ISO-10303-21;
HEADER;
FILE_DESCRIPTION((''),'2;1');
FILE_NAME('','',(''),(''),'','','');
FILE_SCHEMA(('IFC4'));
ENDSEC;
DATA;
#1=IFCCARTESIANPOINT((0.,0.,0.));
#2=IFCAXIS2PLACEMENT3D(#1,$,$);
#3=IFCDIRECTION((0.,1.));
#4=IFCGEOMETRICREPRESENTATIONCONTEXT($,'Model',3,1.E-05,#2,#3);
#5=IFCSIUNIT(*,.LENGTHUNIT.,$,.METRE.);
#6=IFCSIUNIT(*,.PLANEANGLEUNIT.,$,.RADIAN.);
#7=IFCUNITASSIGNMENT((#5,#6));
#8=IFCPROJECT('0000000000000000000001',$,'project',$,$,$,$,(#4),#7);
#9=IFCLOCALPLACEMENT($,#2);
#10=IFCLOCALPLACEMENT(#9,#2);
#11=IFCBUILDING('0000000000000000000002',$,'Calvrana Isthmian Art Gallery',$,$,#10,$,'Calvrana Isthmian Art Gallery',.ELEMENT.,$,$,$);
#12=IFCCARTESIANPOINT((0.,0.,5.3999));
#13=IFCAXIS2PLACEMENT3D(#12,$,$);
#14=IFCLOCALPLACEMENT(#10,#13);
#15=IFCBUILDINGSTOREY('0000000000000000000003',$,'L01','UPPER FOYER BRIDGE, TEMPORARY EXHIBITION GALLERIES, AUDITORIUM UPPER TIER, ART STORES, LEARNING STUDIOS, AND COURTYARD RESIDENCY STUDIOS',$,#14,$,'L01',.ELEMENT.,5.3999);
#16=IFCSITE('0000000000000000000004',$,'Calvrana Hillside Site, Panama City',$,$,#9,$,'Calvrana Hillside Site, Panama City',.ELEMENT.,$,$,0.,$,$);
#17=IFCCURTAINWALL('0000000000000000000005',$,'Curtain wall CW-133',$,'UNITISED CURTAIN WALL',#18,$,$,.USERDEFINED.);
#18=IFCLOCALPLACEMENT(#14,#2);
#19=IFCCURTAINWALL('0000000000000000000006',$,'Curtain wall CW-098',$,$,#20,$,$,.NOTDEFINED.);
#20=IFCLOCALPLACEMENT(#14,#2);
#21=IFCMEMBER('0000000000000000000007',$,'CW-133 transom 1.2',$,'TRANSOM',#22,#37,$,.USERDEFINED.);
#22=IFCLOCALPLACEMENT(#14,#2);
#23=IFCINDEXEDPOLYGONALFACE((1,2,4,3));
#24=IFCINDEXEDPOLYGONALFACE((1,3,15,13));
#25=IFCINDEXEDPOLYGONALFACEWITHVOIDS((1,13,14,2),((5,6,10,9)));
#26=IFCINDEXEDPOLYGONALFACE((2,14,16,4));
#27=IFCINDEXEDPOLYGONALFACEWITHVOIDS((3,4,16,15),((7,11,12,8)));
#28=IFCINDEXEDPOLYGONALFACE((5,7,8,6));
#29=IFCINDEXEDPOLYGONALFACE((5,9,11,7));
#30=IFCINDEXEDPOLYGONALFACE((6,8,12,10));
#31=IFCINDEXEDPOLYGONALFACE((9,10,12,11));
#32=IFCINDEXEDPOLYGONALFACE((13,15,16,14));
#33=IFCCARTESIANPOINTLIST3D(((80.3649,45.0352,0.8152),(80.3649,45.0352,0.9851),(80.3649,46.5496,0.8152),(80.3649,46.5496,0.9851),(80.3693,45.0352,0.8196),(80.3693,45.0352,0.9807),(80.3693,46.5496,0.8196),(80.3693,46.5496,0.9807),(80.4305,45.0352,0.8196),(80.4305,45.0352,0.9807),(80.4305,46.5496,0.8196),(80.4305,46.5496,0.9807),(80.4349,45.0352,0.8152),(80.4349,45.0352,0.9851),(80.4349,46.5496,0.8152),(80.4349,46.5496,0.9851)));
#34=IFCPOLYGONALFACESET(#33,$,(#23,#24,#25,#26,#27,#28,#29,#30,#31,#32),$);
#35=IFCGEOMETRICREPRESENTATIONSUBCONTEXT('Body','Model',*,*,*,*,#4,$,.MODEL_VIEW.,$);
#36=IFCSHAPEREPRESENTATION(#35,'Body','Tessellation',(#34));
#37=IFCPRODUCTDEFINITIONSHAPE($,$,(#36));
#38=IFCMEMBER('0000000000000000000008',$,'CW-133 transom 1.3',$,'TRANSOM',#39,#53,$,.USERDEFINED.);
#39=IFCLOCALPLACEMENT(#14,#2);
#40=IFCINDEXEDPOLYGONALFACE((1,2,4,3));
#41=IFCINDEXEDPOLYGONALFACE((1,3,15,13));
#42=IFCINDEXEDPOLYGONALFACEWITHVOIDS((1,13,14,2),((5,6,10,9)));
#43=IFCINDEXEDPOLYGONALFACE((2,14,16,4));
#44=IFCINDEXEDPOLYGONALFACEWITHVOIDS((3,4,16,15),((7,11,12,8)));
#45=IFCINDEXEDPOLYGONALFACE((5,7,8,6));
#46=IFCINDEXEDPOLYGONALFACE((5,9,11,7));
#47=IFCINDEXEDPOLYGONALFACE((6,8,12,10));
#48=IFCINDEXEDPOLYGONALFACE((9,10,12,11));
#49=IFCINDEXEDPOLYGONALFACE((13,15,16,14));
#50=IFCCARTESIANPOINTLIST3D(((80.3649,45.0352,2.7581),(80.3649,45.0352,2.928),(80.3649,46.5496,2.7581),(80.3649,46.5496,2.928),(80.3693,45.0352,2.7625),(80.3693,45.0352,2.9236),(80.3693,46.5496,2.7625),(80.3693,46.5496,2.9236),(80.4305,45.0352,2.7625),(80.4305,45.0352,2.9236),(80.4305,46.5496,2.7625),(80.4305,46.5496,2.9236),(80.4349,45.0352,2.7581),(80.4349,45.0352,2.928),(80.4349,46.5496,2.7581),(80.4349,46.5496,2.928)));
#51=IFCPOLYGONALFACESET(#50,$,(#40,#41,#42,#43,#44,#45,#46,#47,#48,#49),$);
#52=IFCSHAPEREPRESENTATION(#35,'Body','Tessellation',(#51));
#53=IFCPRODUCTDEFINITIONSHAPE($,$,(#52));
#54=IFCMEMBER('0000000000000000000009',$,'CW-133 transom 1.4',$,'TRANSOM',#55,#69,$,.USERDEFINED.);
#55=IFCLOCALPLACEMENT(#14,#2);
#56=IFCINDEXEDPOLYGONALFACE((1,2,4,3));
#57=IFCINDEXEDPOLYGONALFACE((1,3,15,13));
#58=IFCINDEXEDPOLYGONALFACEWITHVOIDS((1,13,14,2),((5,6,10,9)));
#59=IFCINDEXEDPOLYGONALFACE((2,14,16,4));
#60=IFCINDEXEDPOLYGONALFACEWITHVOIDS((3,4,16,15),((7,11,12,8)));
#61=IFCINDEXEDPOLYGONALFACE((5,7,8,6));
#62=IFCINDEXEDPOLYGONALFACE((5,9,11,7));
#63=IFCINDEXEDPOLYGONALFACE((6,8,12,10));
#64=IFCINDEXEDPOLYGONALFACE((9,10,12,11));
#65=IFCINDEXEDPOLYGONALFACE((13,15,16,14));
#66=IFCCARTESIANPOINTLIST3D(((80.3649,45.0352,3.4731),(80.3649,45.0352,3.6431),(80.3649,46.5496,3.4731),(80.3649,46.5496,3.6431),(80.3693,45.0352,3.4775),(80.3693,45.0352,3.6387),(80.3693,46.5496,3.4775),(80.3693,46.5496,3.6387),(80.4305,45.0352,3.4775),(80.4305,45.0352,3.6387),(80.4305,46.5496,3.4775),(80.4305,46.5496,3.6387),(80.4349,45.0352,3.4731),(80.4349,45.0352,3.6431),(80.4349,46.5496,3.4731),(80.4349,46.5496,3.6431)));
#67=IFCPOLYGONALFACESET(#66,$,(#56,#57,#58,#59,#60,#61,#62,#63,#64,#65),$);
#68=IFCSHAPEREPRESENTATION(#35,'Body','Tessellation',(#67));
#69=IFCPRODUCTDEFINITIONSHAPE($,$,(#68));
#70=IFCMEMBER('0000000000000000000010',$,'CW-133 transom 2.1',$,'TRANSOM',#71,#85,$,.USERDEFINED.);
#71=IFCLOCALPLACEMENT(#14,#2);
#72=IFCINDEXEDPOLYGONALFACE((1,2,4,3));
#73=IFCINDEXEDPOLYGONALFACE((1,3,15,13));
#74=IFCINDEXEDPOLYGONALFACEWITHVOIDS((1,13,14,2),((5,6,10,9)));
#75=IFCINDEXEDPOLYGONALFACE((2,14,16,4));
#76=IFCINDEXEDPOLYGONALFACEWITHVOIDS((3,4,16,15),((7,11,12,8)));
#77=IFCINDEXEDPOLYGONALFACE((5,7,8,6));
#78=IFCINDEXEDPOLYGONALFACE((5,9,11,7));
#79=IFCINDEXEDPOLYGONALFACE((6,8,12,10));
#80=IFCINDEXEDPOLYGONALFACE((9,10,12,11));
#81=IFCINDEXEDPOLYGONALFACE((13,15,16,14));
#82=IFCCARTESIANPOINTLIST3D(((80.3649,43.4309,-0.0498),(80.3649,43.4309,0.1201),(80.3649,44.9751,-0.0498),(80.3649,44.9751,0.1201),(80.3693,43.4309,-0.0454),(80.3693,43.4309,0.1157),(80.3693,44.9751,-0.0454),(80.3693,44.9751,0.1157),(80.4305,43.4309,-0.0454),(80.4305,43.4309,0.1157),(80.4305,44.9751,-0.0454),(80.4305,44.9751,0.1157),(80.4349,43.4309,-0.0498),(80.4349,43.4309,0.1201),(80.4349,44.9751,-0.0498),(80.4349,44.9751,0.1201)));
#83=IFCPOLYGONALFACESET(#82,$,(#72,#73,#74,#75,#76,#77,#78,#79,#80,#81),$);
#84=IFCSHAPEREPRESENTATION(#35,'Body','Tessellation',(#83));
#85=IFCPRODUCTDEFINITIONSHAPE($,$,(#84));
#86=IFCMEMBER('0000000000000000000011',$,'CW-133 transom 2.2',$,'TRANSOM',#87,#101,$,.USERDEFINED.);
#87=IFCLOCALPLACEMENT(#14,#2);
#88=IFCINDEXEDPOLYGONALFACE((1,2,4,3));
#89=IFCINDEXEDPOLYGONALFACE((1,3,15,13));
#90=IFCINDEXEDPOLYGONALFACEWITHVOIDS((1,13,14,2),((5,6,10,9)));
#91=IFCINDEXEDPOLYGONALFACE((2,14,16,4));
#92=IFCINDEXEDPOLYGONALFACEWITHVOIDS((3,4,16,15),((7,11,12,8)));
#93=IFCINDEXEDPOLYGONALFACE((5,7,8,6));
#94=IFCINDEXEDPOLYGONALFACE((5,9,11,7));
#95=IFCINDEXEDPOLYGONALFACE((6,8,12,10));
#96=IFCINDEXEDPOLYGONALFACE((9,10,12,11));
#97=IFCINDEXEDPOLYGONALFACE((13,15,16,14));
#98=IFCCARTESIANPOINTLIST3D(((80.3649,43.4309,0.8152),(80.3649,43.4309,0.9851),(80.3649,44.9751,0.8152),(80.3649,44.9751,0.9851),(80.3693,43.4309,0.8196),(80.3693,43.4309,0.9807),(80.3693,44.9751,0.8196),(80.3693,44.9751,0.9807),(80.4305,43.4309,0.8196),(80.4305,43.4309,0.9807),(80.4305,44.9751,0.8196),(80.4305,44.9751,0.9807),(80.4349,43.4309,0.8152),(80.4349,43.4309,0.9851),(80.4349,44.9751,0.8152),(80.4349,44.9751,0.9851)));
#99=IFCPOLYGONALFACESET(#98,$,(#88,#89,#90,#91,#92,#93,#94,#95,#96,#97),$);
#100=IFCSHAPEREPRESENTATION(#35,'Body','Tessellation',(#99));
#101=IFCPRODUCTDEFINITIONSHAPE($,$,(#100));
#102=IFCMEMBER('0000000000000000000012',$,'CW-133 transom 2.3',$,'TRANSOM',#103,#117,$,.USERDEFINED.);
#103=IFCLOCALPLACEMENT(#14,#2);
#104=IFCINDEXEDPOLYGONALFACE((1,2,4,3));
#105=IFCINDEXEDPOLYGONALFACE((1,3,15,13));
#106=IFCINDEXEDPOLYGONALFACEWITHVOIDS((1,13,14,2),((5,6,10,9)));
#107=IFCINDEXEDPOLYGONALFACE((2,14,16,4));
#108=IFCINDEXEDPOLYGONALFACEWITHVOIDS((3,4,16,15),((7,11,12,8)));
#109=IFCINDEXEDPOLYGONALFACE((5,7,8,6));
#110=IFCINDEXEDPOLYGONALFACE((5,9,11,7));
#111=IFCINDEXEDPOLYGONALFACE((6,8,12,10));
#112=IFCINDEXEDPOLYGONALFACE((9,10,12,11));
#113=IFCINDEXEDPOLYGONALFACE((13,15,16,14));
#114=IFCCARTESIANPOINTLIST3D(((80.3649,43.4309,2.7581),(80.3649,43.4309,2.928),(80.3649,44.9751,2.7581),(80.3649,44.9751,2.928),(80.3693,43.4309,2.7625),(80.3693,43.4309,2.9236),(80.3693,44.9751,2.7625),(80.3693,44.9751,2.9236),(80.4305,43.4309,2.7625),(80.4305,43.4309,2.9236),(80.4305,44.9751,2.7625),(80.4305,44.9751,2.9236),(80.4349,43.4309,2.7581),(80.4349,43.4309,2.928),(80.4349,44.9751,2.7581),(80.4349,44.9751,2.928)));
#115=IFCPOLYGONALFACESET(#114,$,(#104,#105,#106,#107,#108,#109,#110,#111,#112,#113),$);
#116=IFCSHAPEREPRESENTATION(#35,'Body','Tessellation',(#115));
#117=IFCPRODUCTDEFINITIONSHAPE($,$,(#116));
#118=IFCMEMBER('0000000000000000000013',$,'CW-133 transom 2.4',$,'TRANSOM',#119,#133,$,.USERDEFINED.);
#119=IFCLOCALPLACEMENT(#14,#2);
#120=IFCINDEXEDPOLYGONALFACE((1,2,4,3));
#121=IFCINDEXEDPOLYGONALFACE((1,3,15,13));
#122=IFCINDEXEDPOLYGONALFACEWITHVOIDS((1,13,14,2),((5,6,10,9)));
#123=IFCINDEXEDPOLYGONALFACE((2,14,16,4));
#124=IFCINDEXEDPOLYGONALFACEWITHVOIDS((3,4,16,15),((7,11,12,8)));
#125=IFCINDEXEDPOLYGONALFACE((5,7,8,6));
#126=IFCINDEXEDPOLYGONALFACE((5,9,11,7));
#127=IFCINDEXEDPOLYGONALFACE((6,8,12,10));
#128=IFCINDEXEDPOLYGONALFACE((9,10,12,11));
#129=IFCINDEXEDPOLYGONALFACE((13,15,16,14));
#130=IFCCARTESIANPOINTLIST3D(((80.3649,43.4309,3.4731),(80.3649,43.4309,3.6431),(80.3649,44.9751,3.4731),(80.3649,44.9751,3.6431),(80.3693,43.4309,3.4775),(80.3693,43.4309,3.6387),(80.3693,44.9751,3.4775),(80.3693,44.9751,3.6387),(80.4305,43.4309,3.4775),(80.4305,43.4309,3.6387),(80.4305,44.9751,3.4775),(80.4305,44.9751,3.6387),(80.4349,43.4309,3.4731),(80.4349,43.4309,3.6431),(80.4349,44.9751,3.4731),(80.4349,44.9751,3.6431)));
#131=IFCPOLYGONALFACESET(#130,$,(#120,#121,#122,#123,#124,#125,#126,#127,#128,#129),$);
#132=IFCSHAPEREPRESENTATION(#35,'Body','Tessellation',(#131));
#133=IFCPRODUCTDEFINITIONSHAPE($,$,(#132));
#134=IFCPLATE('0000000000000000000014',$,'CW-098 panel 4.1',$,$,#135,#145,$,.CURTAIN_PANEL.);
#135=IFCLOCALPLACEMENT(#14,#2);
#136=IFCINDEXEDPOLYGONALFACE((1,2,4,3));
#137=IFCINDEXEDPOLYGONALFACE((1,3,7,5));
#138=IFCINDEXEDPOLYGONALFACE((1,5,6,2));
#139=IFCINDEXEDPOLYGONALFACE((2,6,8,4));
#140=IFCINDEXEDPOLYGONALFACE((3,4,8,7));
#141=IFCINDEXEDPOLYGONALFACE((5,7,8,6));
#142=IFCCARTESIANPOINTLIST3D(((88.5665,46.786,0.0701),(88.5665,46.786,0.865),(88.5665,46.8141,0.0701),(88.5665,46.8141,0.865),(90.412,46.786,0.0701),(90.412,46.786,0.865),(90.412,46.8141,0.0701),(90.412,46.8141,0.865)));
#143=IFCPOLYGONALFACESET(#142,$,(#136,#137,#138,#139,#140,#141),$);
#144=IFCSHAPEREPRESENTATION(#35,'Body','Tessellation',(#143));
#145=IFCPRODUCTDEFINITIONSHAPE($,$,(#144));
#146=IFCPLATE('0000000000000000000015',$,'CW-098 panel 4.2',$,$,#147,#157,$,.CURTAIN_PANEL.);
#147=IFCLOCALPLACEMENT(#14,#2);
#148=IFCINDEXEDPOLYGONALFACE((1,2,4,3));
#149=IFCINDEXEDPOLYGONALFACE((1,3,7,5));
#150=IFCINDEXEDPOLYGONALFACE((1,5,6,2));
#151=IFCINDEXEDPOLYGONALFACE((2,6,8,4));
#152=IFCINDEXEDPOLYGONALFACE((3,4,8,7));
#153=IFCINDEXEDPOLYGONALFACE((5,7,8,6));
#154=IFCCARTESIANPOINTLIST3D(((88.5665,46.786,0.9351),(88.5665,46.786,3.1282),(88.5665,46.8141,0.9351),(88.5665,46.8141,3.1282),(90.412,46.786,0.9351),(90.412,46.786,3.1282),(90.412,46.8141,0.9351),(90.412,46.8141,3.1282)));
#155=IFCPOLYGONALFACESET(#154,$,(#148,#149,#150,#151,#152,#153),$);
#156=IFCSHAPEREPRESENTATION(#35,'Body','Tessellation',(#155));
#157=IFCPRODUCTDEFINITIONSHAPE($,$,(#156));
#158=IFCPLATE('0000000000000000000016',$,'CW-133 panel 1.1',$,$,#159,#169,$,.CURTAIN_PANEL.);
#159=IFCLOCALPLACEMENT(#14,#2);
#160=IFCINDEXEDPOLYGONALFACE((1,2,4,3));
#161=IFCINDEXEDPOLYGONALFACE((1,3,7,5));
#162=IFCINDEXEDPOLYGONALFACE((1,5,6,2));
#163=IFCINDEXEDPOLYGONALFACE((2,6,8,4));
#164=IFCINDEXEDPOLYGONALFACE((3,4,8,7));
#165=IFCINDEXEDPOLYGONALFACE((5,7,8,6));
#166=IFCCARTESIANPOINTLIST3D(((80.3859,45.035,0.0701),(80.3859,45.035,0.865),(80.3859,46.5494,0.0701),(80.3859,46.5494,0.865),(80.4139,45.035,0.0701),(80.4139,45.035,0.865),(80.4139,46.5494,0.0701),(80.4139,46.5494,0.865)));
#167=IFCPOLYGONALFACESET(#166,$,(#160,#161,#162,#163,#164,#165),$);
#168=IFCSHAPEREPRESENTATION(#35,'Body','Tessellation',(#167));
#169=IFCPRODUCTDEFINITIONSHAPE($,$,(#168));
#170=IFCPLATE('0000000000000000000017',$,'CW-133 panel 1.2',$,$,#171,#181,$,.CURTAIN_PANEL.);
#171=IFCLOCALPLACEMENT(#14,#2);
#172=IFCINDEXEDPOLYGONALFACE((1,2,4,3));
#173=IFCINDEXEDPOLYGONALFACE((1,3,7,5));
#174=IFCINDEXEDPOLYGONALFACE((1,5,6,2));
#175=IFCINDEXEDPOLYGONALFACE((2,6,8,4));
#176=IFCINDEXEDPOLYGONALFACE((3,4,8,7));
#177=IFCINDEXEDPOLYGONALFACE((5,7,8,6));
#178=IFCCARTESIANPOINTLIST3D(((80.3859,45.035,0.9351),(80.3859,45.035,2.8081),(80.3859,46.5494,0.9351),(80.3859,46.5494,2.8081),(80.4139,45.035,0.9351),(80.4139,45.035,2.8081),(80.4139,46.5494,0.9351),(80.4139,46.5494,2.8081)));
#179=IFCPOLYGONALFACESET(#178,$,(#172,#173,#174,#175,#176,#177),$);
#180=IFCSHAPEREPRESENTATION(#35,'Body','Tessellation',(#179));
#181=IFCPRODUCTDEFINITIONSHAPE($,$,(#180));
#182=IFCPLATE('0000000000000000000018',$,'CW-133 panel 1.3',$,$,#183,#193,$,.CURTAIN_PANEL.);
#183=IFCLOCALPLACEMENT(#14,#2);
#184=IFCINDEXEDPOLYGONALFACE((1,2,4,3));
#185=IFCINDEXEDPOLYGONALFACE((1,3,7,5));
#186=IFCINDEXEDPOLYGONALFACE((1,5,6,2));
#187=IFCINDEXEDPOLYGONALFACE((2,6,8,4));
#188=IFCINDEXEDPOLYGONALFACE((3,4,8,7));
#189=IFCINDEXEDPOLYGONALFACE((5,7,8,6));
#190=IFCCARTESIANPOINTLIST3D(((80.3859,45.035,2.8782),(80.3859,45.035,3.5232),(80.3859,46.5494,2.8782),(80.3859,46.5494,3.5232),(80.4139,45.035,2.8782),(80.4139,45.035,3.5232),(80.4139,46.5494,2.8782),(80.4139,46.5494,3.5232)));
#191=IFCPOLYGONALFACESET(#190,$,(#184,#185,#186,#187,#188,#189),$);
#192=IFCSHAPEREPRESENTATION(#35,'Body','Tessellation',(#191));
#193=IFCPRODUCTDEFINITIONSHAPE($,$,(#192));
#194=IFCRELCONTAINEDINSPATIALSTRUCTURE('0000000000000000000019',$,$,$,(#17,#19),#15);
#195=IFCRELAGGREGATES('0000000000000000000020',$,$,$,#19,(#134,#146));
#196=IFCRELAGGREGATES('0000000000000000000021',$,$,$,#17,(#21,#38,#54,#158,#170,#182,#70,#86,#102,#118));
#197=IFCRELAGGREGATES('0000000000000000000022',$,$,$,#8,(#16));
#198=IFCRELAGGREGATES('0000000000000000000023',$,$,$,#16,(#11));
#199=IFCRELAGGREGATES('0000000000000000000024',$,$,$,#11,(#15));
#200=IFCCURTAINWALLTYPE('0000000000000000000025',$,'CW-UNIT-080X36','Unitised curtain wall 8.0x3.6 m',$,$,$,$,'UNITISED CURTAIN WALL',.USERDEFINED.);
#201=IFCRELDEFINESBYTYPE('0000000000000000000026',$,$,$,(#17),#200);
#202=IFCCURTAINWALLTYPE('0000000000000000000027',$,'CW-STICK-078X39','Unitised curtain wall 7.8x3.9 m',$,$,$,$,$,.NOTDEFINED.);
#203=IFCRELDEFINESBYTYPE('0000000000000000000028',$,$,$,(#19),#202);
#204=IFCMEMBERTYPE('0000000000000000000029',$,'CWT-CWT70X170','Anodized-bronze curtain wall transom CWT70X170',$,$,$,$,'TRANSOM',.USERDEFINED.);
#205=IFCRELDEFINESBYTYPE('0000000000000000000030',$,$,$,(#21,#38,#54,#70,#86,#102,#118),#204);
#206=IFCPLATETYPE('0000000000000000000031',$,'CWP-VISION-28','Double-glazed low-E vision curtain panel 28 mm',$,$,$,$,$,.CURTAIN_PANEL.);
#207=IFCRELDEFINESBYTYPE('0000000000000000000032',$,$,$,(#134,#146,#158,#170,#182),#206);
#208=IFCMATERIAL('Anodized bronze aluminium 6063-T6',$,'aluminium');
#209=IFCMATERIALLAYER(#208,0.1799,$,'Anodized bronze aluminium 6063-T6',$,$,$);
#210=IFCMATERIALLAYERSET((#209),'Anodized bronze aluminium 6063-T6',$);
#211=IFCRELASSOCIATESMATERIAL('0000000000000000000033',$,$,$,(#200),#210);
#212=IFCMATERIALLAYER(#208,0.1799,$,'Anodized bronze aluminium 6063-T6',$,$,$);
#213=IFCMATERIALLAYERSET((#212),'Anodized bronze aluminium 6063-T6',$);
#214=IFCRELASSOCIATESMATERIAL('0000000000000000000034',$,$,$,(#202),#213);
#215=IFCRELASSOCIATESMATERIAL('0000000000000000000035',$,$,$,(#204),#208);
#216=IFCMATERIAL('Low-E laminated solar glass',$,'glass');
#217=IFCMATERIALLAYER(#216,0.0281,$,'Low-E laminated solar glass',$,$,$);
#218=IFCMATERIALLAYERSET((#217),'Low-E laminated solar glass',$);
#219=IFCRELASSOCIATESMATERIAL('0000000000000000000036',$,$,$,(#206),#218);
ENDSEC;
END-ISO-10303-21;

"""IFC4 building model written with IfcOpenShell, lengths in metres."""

from ifc_helpers import new_model, si_unit, direction, frame, origin, origin_2d, place, context, subcontext, project, spatial, rectangle, hollow_rectangle, extrude, material, layer, layer_set, material_profile, profile_set, type_object, element, aggregate, save


model = new_model("IFC4")

# Units and contexts
model_context = context("Model", 3, precision=1e-05, world=origin(), true_north=direction((0.0, 1.0)))
body_context = subcontext(model_context, "Body", "Model", "MODEL_VIEW")
ifc_project = project(units=[si_unit("LENGTHUNIT", "METRE"), si_unit("PLANEANGLEUNIT", "RADIAN")], contexts=[model_context])

# Site, building, storey
site_placement = place(None, origin())
site = spatial("IfcSite", under=ifc_project, at=site_placement, Name="Calvrana Hillside Site, Panama City", LongName="Calvrana Hillside Site, Panama City", CompositionType="ELEMENT", RefElevation=0.0)
building_placement = place(site_placement, origin())
building = spatial("IfcBuilding", under=site, at=building_placement, Name="Calvrana Isthmian Art Gallery", LongName="Calvrana Isthmian Art Gallery", CompositionType="ELEMENT")
storey_placement = place(building_placement, frame((0.0, 0.0, 5.3999)))
storey = spatial("IfcBuildingStorey", under=building, at=storey_placement, Name="L01", Description="UPPER FOYER BRIDGE, TEMPORARY EXHIBITION GALLERIES, AUDITORIUM UPPER TIER, ART STORES, LEARNING STUDIOS, AND COURTYARD RESIDENCY STUDIOS", LongName="L01", CompositionType="ELEMENT", Elevation=5.3999)

# Curtain wall
ifc_material_1 = material(Name="Anodized bronze aluminium 6063-T6", Category="aluminium")
ifc_layer_1 = layer(ifc_material_1, 0.1799, Name="Anodized bronze aluminium 6063-T6")
ifc_layer_set_1 = layer_set([ifc_layer_1], Name="Anodized bronze aluminium 6063-T6")
curtain_wall_type_1 = type_object("IfcCurtainWallType", Name="CW-UNIT-080X36", Description="Unitised curtain wall 8.0x3.6 m", ElementType="UNITISED CURTAIN WALL", PredefinedType="USERDEFINED", material=ifc_layer_set_1)
curtain_wall_1_placement = place(storey_placement, origin())
curtain_wall_1 = element("IfcCurtainWall", 1, at=curtain_wall_1_placement, inside=storey, type_object=curtain_wall_type_1, Name="Curtain wall CW-133", ObjectType="UNITISED CURTAIN WALL", PredefinedType="USERDEFINED")

# Curtain wall
ifc_layer_2 = layer(ifc_material_1, 0.1799, Name="Anodized bronze aluminium 6063-T6")
ifc_layer_set_2 = layer_set([ifc_layer_2], Name="Anodized bronze aluminium 6063-T6")
curtain_wall_type_2 = type_object("IfcCurtainWallType", Name="CW-STICK-078X39", Description="Unitised curtain wall 7.8x3.9 m", PredefinedType="NOTDEFINED", material=ifc_layer_set_2)
curtain_wall_2_placement = place(storey_placement, origin())
curtain_wall_2 = element("IfcCurtainWall", 2, at=curtain_wall_2_placement, inside=storey, type_object=curtain_wall_type_2, Name="Curtain wall CW-098", PredefinedType="NOTDEFINED")

# Members
ifc_material_profile_1 = material_profile(ifc_material_1, hollow_rectangle(XDim=0.0701, YDim=0.1699, WallThickness=0.0044, at=origin_2d()), Name="CWT70X170")
ifc_profile_set_1 = profile_set([ifc_material_profile_1], Name="Anodized bronze aluminium 6063-T6")
member_type_1 = type_object("IfcMemberType", Name="CWT-CWT70X170", Description="Anodized-bronze curtain wall transom CWT70X170", ElementType="TRANSOM", PredefinedType="USERDEFINED", material=ifc_profile_set_1)
member_1_placement = place(storey_placement, frame((80.3999, 46.5496, 0.9001), z_axis=(0.0, -1.0, 0.0), x_axis=(1.0, 0.0, 0.0)))
member_1 = element("IfcMember", 3, at=member_1_placement, type_object=member_type_1, Name="CW-133 transom 1.2", ObjectType="TRANSOM", PredefinedType="USERDEFINED", context=body_context, shape_type="SweptSolid", body=[
    extrude(hollow_rectangle(XDim=0.0701, YDim=0.1699, WallThickness=0.0044, at=origin_2d()), origin(), (0.0, 0.0, 1.0), 1.5144),
])
member_2_placement = place(storey_placement, frame((80.3999, 46.5496, 2.843), z_axis=(0.0, -1.0, 0.0), x_axis=(1.0, 0.0, 0.0)))
member_2 = element("IfcMember", 4, at=member_2_placement, type_object=member_type_1, Name="CW-133 transom 1.3", ObjectType="TRANSOM", PredefinedType="USERDEFINED", context=body_context, shape_type="SweptSolid", body=[
    extrude(hollow_rectangle(XDim=0.0701, YDim=0.1699, WallThickness=0.0044, at=origin_2d()), origin(), (0.0, 0.0, 1.0), 1.5144),
])
member_3_placement = place(storey_placement, frame((80.3999, 46.5496, 3.5581), z_axis=(0.0, -1.0, 0.0), x_axis=(1.0, 0.0, 0.0)))
member_3 = element("IfcMember", 5, at=member_3_placement, type_object=member_type_1, Name="CW-133 transom 1.4", ObjectType="TRANSOM", PredefinedType="USERDEFINED", context=body_context, shape_type="SweptSolid", body=[
    extrude(hollow_rectangle(XDim=0.0701, YDim=0.1699, WallThickness=0.0044, at=origin_2d()), origin(), (0.0, 0.0, 1.0), 1.5144),
])
member_4_placement = place(storey_placement, frame((80.3999, 44.9751, 0.0352), z_axis=(0.0, -1.0, 0.0), x_axis=(1.0, 0.0, 0.0)))
member_4 = element("IfcMember", 6, at=member_4_placement, type_object=member_type_1, Name="CW-133 transom 2.1", ObjectType="TRANSOM", PredefinedType="USERDEFINED", context=body_context, shape_type="SweptSolid", body=[
    extrude(hollow_rectangle(XDim=0.0701, YDim=0.1699, WallThickness=0.0044, at=origin_2d()), origin(), (0.0, 0.0, 1.0), 1.5442),
])
member_5_placement = place(storey_placement, frame((80.3999, 44.9751, 0.9001), z_axis=(0.0, -1.0, 0.0), x_axis=(1.0, 0.0, 0.0)))
member_5 = element("IfcMember", 7, at=member_5_placement, type_object=member_type_1, Name="CW-133 transom 2.2", ObjectType="TRANSOM", PredefinedType="USERDEFINED", context=body_context, shape_type="SweptSolid", body=[
    extrude(hollow_rectangle(XDim=0.0701, YDim=0.1699, WallThickness=0.0044, at=origin_2d()), origin(), (0.0, 0.0, 1.0), 1.5442),
])
member_6_placement = place(storey_placement, frame((80.3999, 44.9751, 2.843), z_axis=(0.0, -1.0, 0.0), x_axis=(1.0, 0.0, 0.0)))
member_6 = element("IfcMember", 8, at=member_6_placement, type_object=member_type_1, Name="CW-133 transom 2.3", ObjectType="TRANSOM", PredefinedType="USERDEFINED", context=body_context, shape_type="SweptSolid", body=[
    extrude(hollow_rectangle(XDim=0.0701, YDim=0.1699, WallThickness=0.0044, at=origin_2d()), origin(), (0.0, 0.0, 1.0), 1.5442),
])
member_7_placement = place(storey_placement, frame((80.3999, 44.9751, 3.5581), z_axis=(0.0, -1.0, 0.0), x_axis=(1.0, 0.0, 0.0)))
member_7 = element("IfcMember", 9, at=member_7_placement, type_object=member_type_1, Name="CW-133 transom 2.4", ObjectType="TRANSOM", PredefinedType="USERDEFINED", context=body_context, shape_type="SweptSolid", body=[
    extrude(hollow_rectangle(XDim=0.0701, YDim=0.1699, WallThickness=0.0044, at=origin_2d()), origin(), (0.0, 0.0, 1.0), 1.5442),
])

# Plates
ifc_material_2 = material(Name="Low-E laminated solar glass", Category="glass")
ifc_layer_3 = layer(ifc_material_2, 0.0281, Name="Low-E laminated solar glass")
ifc_layer_set_3 = layer_set([ifc_layer_3], Name="Low-E laminated solar glass")
plate_type_1 = type_object("IfcPlateType", Name="CWP-VISION-28", Description="Double-glazed low-E vision curtain panel 28 mm", PredefinedType="CURTAIN_PANEL", material=ifc_layer_set_3)
plate_1_placement = place(storey_placement, frame((89.4893, 46.8, 0.0701), z_axis=(0.0, 0.0, 1.0), x_axis=(-1.0, 0.0, 0.0)))
plate_1 = element("IfcPlate", 10, at=plate_1_placement, type_object=plate_type_1, Name="CW-098 panel 4.1", PredefinedType="CURTAIN_PANEL", context=body_context, shape_type="SweptSolid", body=[
    extrude(rectangle(XDim=1.8455, YDim=0.0281, at=origin_2d()), origin(), (0.0, 0.0, 1.0), 0.7949),
])
plate_2_placement = place(storey_placement, frame((89.4893, 46.8, 0.9351), z_axis=(0.0, 0.0, 1.0), x_axis=(-1.0, 0.0, 0.0)))
plate_2 = element("IfcPlate", 11, at=plate_2_placement, type_object=plate_type_1, Name="CW-098 panel 4.2", PredefinedType="CURTAIN_PANEL", context=body_context, shape_type="SweptSolid", body=[
    extrude(rectangle(XDim=1.8455, YDim=0.0281, at=origin_2d()), origin(), (0.0, 0.0, 1.0), 2.1931),
])
aggregate(curtain_wall_2, [plate_1, plate_2])
plate_3_placement = place(storey_placement, frame((80.3999, 45.7922, 0.0701), z_axis=(0.0, 0.0, 1.0), x_axis=(0.0, -1.0, 0.0)))
plate_3 = element("IfcPlate", 12, at=plate_3_placement, type_object=plate_type_1, Name="CW-133 panel 1.1", PredefinedType="CURTAIN_PANEL", context=body_context, shape_type="SweptSolid", body=[
    extrude(rectangle(XDim=1.5144, YDim=0.0281, at=origin_2d()), origin(), (0.0, 0.0, 1.0), 0.7949),
])
plate_4_placement = place(storey_placement, frame((80.3999, 45.7922, 0.9351), z_axis=(0.0, 0.0, 1.0), x_axis=(0.0, -1.0, 0.0)))
plate_4 = element("IfcPlate", 13, at=plate_4_placement, type_object=plate_type_1, Name="CW-133 panel 1.2", PredefinedType="CURTAIN_PANEL", context=body_context, shape_type="SweptSolid", body=[
    extrude(rectangle(XDim=1.5144, YDim=0.0281, at=origin_2d()), origin(), (0.0, 0.0, 1.0), 1.873),
])
plate_5_placement = place(storey_placement, frame((80.3999, 45.7922, 2.8782), z_axis=(0.0, 0.0, 1.0), x_axis=(0.0, -1.0, 0.0)))
plate_5 = element("IfcPlate", 14, at=plate_5_placement, type_object=plate_type_1, Name="CW-133 panel 1.3", PredefinedType="CURTAIN_PANEL", context=body_context, shape_type="SweptSolid", body=[
    extrude(rectangle(XDim=1.5144, YDim=0.0281, at=origin_2d()), origin(), (0.0, 0.0, 1.0), 0.645),
])
aggregate(curtain_wall_1, [member_1, member_2, member_3, plate_3, plate_4, plate_5, member_4, member_5, member_6, member_7])

save(model, "model.ifc")
